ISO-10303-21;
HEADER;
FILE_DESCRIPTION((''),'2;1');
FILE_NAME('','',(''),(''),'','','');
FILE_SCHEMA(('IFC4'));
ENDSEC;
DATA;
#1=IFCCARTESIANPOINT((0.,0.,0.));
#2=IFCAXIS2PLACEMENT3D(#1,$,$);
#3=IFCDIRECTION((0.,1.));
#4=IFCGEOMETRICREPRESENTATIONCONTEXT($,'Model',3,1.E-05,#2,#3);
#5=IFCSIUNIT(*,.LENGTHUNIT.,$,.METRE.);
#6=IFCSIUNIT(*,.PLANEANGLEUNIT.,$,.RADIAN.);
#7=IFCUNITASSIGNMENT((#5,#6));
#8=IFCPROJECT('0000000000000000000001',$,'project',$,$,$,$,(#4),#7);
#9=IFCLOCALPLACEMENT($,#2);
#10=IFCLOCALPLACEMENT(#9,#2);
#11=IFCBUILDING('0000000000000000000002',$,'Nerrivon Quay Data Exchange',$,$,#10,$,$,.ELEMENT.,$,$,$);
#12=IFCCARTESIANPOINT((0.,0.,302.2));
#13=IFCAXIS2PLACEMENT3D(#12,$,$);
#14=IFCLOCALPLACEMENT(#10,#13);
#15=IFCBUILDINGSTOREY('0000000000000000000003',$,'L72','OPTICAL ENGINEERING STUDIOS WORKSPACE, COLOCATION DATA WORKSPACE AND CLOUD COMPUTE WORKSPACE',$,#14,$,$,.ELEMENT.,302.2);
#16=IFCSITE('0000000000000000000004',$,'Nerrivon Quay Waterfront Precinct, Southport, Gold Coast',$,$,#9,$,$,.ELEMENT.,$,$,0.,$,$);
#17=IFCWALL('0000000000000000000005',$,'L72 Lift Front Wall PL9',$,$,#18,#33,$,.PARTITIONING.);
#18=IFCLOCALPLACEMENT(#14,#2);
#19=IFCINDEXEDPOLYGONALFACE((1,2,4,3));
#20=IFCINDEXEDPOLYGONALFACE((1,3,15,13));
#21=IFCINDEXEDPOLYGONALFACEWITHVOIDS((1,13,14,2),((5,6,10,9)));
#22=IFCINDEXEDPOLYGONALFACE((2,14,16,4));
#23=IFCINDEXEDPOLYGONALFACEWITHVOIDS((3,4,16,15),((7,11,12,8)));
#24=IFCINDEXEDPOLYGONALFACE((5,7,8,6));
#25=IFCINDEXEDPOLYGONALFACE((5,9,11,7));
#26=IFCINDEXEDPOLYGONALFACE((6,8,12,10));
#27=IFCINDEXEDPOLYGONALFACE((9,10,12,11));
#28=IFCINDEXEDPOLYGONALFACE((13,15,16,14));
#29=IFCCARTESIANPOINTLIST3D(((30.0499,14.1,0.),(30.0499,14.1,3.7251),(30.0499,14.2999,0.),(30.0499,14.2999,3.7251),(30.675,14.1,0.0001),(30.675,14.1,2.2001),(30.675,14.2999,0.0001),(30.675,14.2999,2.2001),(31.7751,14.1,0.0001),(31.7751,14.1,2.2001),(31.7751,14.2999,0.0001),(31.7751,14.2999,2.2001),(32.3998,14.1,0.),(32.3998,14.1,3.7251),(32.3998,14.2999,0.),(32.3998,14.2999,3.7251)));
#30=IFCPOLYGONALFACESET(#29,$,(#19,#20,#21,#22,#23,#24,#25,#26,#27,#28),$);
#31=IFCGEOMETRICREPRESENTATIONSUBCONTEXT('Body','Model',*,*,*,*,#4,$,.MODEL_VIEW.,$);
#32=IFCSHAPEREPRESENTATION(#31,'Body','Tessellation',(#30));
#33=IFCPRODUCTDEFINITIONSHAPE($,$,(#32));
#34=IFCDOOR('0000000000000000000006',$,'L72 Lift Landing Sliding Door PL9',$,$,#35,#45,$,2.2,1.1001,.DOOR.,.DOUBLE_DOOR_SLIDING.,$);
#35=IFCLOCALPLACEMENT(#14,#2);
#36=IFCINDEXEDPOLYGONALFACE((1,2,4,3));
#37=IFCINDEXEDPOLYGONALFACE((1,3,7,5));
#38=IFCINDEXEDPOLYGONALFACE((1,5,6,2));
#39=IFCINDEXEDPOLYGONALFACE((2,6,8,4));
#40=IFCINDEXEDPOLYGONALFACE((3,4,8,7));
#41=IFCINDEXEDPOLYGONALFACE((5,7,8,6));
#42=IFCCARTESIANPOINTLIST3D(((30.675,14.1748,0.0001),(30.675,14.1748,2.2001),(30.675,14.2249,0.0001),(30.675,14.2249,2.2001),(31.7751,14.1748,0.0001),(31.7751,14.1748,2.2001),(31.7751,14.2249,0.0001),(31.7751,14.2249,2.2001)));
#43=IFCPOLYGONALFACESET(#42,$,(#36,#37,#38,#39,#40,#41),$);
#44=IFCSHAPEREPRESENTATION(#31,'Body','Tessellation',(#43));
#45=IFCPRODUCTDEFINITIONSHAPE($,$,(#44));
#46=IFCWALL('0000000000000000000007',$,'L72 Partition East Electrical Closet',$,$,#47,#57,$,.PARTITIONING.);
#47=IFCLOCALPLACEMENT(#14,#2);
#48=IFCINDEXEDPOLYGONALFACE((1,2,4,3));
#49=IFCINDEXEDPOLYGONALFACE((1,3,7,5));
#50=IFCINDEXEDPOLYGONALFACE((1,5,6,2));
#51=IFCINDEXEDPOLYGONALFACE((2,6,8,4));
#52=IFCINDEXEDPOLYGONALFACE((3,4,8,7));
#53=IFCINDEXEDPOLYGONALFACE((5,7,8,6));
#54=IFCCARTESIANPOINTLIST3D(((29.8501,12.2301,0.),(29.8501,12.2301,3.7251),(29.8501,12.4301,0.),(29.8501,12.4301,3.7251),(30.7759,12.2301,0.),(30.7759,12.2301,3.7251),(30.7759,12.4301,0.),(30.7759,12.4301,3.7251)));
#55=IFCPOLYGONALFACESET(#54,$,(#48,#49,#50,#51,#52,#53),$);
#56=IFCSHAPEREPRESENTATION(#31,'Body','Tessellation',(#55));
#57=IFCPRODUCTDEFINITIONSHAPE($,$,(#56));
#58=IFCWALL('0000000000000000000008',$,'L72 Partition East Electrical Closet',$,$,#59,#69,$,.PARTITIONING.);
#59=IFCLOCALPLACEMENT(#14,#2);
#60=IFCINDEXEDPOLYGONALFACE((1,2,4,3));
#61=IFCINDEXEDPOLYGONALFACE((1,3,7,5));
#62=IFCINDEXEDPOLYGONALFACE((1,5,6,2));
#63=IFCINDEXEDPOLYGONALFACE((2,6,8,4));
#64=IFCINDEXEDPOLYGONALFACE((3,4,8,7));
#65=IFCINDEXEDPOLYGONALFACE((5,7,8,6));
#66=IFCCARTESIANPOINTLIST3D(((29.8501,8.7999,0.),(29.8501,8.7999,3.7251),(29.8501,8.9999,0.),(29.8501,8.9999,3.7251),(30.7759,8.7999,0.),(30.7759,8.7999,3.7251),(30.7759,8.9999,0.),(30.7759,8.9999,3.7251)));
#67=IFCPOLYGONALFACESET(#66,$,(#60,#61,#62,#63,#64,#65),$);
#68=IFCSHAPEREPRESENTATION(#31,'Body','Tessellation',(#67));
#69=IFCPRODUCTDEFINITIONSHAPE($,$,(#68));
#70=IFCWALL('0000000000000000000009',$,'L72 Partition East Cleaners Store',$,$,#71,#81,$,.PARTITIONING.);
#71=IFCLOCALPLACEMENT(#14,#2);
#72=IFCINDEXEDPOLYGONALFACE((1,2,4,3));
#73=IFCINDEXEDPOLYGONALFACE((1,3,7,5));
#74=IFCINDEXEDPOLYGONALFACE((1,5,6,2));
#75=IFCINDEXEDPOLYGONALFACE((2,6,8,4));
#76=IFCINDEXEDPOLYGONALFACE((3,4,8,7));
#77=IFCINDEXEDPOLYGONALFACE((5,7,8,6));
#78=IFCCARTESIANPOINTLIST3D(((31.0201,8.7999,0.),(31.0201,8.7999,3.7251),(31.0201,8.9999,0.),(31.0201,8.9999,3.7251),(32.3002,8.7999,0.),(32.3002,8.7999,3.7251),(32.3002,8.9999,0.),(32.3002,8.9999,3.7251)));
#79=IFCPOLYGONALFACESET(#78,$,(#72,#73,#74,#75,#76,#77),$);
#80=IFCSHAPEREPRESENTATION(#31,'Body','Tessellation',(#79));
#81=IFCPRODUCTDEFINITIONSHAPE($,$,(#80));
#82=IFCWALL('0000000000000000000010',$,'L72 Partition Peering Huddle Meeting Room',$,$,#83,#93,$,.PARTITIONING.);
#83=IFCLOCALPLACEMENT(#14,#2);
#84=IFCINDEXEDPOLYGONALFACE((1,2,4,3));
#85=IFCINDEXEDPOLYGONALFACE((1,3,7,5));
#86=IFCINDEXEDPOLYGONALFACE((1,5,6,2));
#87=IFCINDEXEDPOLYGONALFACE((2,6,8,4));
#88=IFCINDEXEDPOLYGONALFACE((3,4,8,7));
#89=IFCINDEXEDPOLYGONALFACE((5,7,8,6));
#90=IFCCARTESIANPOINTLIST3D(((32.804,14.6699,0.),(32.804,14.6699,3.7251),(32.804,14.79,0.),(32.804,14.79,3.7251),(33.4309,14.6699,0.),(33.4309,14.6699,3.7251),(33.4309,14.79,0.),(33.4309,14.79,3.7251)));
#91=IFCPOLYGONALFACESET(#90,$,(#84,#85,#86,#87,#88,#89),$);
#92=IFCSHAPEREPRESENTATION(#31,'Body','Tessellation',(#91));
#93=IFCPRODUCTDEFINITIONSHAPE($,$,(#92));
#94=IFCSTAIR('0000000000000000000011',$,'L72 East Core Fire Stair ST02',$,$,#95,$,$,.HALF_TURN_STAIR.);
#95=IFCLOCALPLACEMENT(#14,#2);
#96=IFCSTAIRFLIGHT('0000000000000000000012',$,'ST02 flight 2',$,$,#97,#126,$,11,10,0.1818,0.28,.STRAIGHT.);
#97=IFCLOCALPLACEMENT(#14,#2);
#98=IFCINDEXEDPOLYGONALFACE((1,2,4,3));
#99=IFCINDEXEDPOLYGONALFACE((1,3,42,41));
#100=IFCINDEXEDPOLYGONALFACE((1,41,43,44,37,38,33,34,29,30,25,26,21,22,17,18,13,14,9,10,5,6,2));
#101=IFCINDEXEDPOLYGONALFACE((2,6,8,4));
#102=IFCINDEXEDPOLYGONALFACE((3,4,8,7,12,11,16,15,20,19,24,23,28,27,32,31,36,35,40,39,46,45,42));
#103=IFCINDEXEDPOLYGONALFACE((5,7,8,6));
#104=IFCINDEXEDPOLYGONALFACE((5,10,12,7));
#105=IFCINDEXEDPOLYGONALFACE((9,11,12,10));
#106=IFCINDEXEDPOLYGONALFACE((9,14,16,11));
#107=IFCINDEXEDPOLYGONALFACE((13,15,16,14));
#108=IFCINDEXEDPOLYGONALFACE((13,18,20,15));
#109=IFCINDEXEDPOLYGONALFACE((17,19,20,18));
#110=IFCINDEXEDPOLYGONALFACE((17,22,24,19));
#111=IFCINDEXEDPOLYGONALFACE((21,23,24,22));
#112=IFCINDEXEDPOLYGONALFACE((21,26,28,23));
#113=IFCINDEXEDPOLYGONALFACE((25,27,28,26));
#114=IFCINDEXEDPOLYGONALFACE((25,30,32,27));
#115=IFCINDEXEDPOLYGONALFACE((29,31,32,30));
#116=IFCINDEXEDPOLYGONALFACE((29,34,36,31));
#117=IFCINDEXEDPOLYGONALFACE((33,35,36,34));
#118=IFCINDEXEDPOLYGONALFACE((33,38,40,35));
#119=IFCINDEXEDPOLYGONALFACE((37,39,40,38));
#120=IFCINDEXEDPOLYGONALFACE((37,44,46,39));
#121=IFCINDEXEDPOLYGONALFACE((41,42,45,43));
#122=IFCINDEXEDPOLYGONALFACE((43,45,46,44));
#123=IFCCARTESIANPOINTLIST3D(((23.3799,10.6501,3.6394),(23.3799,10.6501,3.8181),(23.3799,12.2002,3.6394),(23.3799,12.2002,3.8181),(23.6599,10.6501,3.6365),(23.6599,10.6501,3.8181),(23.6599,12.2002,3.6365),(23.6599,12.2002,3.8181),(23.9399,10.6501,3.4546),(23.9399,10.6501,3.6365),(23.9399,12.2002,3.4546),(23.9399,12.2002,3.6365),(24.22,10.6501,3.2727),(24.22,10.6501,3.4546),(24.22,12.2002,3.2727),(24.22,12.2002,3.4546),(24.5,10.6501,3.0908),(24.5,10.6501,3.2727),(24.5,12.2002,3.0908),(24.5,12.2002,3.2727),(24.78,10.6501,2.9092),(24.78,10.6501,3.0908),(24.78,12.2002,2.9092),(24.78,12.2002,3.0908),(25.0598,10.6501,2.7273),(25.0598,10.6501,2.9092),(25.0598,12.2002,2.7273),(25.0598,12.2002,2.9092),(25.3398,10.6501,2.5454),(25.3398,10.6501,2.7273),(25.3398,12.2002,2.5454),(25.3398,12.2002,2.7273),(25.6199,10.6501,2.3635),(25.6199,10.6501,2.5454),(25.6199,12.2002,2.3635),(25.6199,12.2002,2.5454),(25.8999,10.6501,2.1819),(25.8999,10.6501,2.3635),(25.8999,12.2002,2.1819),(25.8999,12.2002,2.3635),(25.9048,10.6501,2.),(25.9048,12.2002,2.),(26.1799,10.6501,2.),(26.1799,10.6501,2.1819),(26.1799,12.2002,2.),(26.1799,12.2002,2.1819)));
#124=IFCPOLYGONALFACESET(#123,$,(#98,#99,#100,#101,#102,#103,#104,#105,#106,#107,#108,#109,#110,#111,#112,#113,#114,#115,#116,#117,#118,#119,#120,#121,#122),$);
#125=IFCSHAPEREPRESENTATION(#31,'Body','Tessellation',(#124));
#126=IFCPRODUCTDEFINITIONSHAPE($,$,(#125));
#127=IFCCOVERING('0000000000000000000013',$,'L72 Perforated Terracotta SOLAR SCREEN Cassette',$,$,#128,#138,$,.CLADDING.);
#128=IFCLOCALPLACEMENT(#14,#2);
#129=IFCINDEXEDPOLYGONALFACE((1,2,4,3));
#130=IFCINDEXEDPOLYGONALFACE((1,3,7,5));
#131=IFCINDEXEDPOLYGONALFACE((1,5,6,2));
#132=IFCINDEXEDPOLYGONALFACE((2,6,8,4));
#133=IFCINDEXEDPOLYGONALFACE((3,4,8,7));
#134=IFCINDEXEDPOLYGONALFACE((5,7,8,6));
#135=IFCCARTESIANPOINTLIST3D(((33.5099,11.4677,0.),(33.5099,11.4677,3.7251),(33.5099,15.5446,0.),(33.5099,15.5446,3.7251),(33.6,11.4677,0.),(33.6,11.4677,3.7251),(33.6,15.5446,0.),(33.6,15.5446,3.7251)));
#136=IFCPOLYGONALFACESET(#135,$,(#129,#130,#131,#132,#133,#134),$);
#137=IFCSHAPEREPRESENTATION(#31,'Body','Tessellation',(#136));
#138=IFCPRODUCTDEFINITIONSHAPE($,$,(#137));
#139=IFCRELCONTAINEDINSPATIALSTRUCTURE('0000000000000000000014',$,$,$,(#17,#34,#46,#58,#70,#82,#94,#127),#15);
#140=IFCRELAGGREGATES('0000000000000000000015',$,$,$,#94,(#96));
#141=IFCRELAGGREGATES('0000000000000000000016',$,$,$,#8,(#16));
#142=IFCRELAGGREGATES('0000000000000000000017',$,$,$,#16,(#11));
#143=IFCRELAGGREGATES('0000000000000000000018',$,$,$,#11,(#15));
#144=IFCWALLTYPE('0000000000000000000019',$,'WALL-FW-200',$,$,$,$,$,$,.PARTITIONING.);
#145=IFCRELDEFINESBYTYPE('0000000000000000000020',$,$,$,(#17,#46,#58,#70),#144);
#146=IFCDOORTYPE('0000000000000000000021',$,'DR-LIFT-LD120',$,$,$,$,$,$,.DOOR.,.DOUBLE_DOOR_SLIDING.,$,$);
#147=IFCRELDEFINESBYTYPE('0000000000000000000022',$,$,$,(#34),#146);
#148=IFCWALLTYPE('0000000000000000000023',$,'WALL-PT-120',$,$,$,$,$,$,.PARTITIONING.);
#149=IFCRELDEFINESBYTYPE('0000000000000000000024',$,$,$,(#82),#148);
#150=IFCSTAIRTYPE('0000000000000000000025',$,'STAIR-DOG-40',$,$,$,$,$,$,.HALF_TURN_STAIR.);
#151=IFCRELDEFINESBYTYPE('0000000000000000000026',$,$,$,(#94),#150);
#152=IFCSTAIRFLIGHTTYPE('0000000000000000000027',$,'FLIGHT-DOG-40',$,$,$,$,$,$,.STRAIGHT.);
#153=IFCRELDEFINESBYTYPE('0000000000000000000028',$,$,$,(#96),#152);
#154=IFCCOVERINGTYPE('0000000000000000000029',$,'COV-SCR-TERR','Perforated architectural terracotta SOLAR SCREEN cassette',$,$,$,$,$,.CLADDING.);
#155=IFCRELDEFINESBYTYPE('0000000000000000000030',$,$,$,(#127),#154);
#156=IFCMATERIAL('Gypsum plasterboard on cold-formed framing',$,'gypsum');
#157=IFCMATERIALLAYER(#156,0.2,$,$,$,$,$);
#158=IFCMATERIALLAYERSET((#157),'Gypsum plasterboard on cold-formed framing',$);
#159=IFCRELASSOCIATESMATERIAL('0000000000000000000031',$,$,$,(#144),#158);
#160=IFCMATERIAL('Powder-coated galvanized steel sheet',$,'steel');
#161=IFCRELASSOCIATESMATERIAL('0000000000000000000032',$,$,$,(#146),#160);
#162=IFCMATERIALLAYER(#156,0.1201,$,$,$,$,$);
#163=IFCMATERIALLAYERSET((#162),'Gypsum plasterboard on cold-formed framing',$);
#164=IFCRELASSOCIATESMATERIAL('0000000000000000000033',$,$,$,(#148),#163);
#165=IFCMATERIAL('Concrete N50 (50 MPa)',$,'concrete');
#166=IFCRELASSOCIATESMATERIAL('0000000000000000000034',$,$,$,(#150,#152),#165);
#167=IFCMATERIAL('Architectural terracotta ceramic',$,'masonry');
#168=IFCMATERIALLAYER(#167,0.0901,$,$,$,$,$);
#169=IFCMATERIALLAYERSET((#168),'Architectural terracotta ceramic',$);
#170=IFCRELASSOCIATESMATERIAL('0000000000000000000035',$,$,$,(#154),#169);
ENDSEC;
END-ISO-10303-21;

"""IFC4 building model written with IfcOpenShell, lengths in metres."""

from ifc_helpers import new_model, si_unit, direction, frame, frame_2d, origin, origin_2d, place, context, subcontext, project, spatial, polyline, rectangle, outline, extrude, material, layer, layer_set, type_object, element, fill, aggregate, save


model = new_model("IFC4")

# Units and contexts
model_context = context("Model", 3, precision=1e-05, world=origin(), true_north=direction((0.0, 1.0)))
body_context = subcontext(model_context, "Body", "Model", "MODEL_VIEW")
ifc_project = project(units=[si_unit("LENGTHUNIT", "METRE"), si_unit("PLANEANGLEUNIT", "RADIAN")], contexts=[model_context])

# Site, building, storey
site_placement = place(None, origin())
site = spatial("IfcSite", under=ifc_project, at=site_placement, Name="Nerrivon Quay Waterfront Precinct, Southport, Gold Coast", CompositionType="ELEMENT", RefElevation=0.0)
building_placement = place(site_placement, origin())
building = spatial("IfcBuilding", under=site, at=building_placement, Name="Nerrivon Quay Data Exchange", CompositionType="ELEMENT")
storey_placement = place(building_placement, frame((0.0, 0.0, 302.2)))
storey = spatial("IfcBuildingStorey", under=building, at=storey_placement, Name="L72", Description="OPTICAL ENGINEERING STUDIOS WORKSPACE, COLOCATION DATA WORKSPACE AND CLOUD COMPUTE WORKSPACE", CompositionType="ELEMENT", Elevation=302.2)

# Shared definitions
ifc_material_1 = material(Name="Concrete N50 (50 MPa)", Category="concrete")

# Shared definitions
ifc_material_2 = material(Name="Gypsum plasterboard on cold-formed framing", Category="gypsum")
ifc_layer_1 = layer(ifc_material_2, 0.2)
ifc_layer_set_1 = layer_set([ifc_layer_1], Name="Gypsum plasterboard on cold-formed framing")
wall_type_1 = type_object("IfcWallType", Name="WALL-FW-200", PredefinedType="PARTITIONING", material=ifc_layer_set_1)

# Shared definitions
ifc_material_3 = material(Name="Powder-coated galvanized steel sheet", Category="steel")
door_type_1 = type_object("IfcDoorType", Name="DR-LIFT-LD120", OperationType="DOUBLE_DOOR_SLIDING", PredefinedType="DOOR", material=ifc_material_3)

# Wall, opening, door
wall_1_placement = place(storey_placement, frame((30.05, 14.2, 0.0), z_axis=(0.0, 0.0, 1.0), x_axis=(1.0, 0.0, 0.0)))
wall_1 = element("IfcWall", 1, at=wall_1_placement, inside=storey, type_object=wall_type_1, Name="L72 Lift Front Wall PL9", PredefinedType="PARTITIONING", context=body_context, shape_type="SweptSolid", body=[
    extrude(rectangle(XDim=2.3499, YDim=0.2, at=frame_2d((1.1748, 0.0))), origin(), (0.0, 0.0, 1.0), 3.7251),
])
opening_1_placement = place(wall_1_placement, frame((0.625, 0.0, 0.0)))
opening_1 = element("IfcOpeningElement", 2, at=opening_1_placement, cuts=wall_1, PredefinedType="OPENING", context=body_context, shape_type="SweptSolid", body=[
    extrude(rectangle(XDim=1.1001, YDim=2.2, at=frame_2d((0.55, 1.1001))), frame((0.0, 0.1099, 0.0), z_axis=(0.0, -1.0, 0.0), x_axis=(1.0, 0.0, 0.0)), (0.0, 0.0, 1.0), 0.22),
])
door_1_placement = place(opening_1_placement, origin())
door_1 = element("IfcDoor", 3, at=door_1_placement, inside=storey, type_object=door_type_1, Name="L72 Lift Landing Sliding Door PL9", OperationType="DOUBLE_DOOR_SLIDING", OverallHeight=2.2, OverallWidth=1.1001, PredefinedType="DOOR", context=body_context, shape_type="SweptSolid", body=[
    extrude(rectangle(XDim=1.1001, YDim=2.2, at=frame_2d((0.55, 1.1001))), frame((0.0, 0.0249, 0.0), z_axis=(0.0, -1.0, 0.0), x_axis=(1.0, 0.0, 0.0)), (0.0, 0.0, 1.0), 0.05),
])
fill(opening_1, door_1)

# Walls
for number, where, z_axis, x_axis, name in (
    (4, (30.7759, 12.3301, 0.0), (0.0, 0.0, 1.0), (-1.0, 0.0, 0.0), "L72 Partition East Electrical Closet"),
    (5, (29.8501, 8.8999, 0.0), (0.0, 0.0, 1.0), (1.0, 0.0, 0.0), "L72 Partition East Electrical Closet"),
):
    element("IfcWall", number, at=place(storey_placement, frame(where, z_axis=z_axis, x_axis=x_axis)), inside=storey, type_object=wall_type_1, Name=name, PredefinedType="PARTITIONING", context=body_context, shape_type="SweptSolid", body=[
        extrude(rectangle(XDim=0.9258, YDim=0.2, at=frame_2d((0.4629, 0.0))), origin(), (0.0, 0.0, 1.0), 3.7251),
    ])

# Walls
wall_2_placement = place(storey_placement, frame((31.02, 8.8999, 0.0), z_axis=(0.0, 0.0, 1.0), x_axis=(1.0, 0.0, 0.0)))
element("IfcWall", 6, at=wall_2_placement, inside=storey, type_object=wall_type_1, Name="L72 Partition East Cleaners Store", PredefinedType="PARTITIONING", context=body_context, shape_type="SweptSolid", body=[
    extrude(rectangle(XDim=1.28, YDim=0.2, at=frame_2d((0.6401, 0.0))), origin(), (0.0, 0.0, 1.0), 3.7251),
])
ifc_layer_2 = layer(ifc_material_2, 0.1201)
ifc_layer_set_2 = layer_set([ifc_layer_2], Name="Gypsum plasterboard on cold-formed framing")
wall_type_2 = type_object("IfcWallType", Name="WALL-PT-120", PredefinedType="PARTITIONING", material=ifc_layer_set_2)
wall_3_placement = place(storey_placement, frame((32.804, 14.73, 0.0), z_axis=(0.0, 0.0, 1.0), x_axis=(1.0, 0.0, 0.0)))
element("IfcWall", 7, at=wall_3_placement, inside=storey, type_object=wall_type_2, Name="L72 Partition Peering Huddle Meeting Room", PredefinedType="PARTITIONING", context=body_context, shape_type="SweptSolid", body=[
    extrude(rectangle(XDim=0.627, YDim=0.1201, at=frame_2d((0.3135, 0.0))), origin(), (0.0, 0.0, 1.0), 3.7251),
])

# Stair, stair flight
stair_type = type_object("IfcStairType", Name="STAIR-DOG-40", PredefinedType="HALF_TURN_STAIR", material=ifc_material_1)
stair_placement = place(storey_placement, origin())
stair = element("IfcStair", 8, at=stair_placement, inside=storey, type_object=stair_type, Name="L72 East Core Fire Stair ST02", PredefinedType="HALF_TURN_STAIR")
stair_flight_type = type_object("IfcStairFlightType", Name="FLIGHT-DOG-40", PredefinedType="STRAIGHT", material=ifc_material_1)
stair_flight_placement = place(storey_placement, frame((26.1799, 11.425, 2.0), z_axis=(0.0, 0.0, 1.0), x_axis=(-1.0, 0.0, 0.0)))
stair_flight = element("IfcStairFlight", 9, at=stair_flight_placement, type_object=stair_flight_type, Name="ST02 flight 2", NumberOfRisers=11, NumberOfTreads=10, PredefinedType="STRAIGHT", RiserHeight=0.1818, TreadLength=0.28, context=body_context, shape_type="SweptSolid", body=[
    extrude(outline(polyline([(0.0, 0.0), (0.0, 0.1819), (0.28, 0.1819), (0.28, 0.3635), (0.5601, 0.3635), (0.5601, 0.5454), (0.8401, 0.5454), (0.8401, 0.7273), (1.1201, 0.7273), (1.1201, 0.9092), (1.3999, 0.9092), (1.3999, 1.0908), (1.6799, 1.0908), (1.6799, 1.2727), (1.96, 1.2727), (1.96, 1.4546), (2.24, 1.4546), (2.24, 1.6365), (2.52, 1.6365), (2.52, 1.8181), (2.8, 1.8181), (2.8, 2.0), (2.8, 1.6394), (0.2751, 0.0), (0.0, 0.0)])), frame((0.0, 0.7749, 0.0), z_axis=(0.0, -1.0, 0.0), x_axis=(1.0, 0.0, 0.0)), (0.0, 0.0, 1.0), 1.55),
])
aggregate(stair, [stair_flight])

# Covering
ifc_material_4 = material(Name="Architectural terracotta ceramic", Category="masonry")
ifc_layer_3 = layer(ifc_material_4, 0.0901)
ifc_layer_set_3 = layer_set([ifc_layer_3], Name="Architectural terracotta ceramic")
covering_type = type_object("IfcCoveringType", Name="COV-SCR-TERR", Description="Perforated architectural terracotta SOLAR SCREEN cassette", PredefinedType="CLADDING", material=ifc_layer_set_3)
covering_placement = place(storey_placement, frame((33.5549, 13.5061, 0.0), z_axis=(0.0, 0.0, 1.0), x_axis=(0.0, -1.0, 0.0)))
element("IfcCovering", 10, at=covering_placement, inside=storey, type_object=covering_type, Name="L72 Perforated Terracotta SOLAR SCREEN Cassette", PredefinedType="CLADDING", context=body_context, shape_type="SweptSolid", body=[
    extrude(rectangle(XDim=4.0769, YDim=0.0901, at=origin_2d()), origin(), (0.0, 0.0, 1.0), 3.7251),
])

save(model, "model.ifc")
